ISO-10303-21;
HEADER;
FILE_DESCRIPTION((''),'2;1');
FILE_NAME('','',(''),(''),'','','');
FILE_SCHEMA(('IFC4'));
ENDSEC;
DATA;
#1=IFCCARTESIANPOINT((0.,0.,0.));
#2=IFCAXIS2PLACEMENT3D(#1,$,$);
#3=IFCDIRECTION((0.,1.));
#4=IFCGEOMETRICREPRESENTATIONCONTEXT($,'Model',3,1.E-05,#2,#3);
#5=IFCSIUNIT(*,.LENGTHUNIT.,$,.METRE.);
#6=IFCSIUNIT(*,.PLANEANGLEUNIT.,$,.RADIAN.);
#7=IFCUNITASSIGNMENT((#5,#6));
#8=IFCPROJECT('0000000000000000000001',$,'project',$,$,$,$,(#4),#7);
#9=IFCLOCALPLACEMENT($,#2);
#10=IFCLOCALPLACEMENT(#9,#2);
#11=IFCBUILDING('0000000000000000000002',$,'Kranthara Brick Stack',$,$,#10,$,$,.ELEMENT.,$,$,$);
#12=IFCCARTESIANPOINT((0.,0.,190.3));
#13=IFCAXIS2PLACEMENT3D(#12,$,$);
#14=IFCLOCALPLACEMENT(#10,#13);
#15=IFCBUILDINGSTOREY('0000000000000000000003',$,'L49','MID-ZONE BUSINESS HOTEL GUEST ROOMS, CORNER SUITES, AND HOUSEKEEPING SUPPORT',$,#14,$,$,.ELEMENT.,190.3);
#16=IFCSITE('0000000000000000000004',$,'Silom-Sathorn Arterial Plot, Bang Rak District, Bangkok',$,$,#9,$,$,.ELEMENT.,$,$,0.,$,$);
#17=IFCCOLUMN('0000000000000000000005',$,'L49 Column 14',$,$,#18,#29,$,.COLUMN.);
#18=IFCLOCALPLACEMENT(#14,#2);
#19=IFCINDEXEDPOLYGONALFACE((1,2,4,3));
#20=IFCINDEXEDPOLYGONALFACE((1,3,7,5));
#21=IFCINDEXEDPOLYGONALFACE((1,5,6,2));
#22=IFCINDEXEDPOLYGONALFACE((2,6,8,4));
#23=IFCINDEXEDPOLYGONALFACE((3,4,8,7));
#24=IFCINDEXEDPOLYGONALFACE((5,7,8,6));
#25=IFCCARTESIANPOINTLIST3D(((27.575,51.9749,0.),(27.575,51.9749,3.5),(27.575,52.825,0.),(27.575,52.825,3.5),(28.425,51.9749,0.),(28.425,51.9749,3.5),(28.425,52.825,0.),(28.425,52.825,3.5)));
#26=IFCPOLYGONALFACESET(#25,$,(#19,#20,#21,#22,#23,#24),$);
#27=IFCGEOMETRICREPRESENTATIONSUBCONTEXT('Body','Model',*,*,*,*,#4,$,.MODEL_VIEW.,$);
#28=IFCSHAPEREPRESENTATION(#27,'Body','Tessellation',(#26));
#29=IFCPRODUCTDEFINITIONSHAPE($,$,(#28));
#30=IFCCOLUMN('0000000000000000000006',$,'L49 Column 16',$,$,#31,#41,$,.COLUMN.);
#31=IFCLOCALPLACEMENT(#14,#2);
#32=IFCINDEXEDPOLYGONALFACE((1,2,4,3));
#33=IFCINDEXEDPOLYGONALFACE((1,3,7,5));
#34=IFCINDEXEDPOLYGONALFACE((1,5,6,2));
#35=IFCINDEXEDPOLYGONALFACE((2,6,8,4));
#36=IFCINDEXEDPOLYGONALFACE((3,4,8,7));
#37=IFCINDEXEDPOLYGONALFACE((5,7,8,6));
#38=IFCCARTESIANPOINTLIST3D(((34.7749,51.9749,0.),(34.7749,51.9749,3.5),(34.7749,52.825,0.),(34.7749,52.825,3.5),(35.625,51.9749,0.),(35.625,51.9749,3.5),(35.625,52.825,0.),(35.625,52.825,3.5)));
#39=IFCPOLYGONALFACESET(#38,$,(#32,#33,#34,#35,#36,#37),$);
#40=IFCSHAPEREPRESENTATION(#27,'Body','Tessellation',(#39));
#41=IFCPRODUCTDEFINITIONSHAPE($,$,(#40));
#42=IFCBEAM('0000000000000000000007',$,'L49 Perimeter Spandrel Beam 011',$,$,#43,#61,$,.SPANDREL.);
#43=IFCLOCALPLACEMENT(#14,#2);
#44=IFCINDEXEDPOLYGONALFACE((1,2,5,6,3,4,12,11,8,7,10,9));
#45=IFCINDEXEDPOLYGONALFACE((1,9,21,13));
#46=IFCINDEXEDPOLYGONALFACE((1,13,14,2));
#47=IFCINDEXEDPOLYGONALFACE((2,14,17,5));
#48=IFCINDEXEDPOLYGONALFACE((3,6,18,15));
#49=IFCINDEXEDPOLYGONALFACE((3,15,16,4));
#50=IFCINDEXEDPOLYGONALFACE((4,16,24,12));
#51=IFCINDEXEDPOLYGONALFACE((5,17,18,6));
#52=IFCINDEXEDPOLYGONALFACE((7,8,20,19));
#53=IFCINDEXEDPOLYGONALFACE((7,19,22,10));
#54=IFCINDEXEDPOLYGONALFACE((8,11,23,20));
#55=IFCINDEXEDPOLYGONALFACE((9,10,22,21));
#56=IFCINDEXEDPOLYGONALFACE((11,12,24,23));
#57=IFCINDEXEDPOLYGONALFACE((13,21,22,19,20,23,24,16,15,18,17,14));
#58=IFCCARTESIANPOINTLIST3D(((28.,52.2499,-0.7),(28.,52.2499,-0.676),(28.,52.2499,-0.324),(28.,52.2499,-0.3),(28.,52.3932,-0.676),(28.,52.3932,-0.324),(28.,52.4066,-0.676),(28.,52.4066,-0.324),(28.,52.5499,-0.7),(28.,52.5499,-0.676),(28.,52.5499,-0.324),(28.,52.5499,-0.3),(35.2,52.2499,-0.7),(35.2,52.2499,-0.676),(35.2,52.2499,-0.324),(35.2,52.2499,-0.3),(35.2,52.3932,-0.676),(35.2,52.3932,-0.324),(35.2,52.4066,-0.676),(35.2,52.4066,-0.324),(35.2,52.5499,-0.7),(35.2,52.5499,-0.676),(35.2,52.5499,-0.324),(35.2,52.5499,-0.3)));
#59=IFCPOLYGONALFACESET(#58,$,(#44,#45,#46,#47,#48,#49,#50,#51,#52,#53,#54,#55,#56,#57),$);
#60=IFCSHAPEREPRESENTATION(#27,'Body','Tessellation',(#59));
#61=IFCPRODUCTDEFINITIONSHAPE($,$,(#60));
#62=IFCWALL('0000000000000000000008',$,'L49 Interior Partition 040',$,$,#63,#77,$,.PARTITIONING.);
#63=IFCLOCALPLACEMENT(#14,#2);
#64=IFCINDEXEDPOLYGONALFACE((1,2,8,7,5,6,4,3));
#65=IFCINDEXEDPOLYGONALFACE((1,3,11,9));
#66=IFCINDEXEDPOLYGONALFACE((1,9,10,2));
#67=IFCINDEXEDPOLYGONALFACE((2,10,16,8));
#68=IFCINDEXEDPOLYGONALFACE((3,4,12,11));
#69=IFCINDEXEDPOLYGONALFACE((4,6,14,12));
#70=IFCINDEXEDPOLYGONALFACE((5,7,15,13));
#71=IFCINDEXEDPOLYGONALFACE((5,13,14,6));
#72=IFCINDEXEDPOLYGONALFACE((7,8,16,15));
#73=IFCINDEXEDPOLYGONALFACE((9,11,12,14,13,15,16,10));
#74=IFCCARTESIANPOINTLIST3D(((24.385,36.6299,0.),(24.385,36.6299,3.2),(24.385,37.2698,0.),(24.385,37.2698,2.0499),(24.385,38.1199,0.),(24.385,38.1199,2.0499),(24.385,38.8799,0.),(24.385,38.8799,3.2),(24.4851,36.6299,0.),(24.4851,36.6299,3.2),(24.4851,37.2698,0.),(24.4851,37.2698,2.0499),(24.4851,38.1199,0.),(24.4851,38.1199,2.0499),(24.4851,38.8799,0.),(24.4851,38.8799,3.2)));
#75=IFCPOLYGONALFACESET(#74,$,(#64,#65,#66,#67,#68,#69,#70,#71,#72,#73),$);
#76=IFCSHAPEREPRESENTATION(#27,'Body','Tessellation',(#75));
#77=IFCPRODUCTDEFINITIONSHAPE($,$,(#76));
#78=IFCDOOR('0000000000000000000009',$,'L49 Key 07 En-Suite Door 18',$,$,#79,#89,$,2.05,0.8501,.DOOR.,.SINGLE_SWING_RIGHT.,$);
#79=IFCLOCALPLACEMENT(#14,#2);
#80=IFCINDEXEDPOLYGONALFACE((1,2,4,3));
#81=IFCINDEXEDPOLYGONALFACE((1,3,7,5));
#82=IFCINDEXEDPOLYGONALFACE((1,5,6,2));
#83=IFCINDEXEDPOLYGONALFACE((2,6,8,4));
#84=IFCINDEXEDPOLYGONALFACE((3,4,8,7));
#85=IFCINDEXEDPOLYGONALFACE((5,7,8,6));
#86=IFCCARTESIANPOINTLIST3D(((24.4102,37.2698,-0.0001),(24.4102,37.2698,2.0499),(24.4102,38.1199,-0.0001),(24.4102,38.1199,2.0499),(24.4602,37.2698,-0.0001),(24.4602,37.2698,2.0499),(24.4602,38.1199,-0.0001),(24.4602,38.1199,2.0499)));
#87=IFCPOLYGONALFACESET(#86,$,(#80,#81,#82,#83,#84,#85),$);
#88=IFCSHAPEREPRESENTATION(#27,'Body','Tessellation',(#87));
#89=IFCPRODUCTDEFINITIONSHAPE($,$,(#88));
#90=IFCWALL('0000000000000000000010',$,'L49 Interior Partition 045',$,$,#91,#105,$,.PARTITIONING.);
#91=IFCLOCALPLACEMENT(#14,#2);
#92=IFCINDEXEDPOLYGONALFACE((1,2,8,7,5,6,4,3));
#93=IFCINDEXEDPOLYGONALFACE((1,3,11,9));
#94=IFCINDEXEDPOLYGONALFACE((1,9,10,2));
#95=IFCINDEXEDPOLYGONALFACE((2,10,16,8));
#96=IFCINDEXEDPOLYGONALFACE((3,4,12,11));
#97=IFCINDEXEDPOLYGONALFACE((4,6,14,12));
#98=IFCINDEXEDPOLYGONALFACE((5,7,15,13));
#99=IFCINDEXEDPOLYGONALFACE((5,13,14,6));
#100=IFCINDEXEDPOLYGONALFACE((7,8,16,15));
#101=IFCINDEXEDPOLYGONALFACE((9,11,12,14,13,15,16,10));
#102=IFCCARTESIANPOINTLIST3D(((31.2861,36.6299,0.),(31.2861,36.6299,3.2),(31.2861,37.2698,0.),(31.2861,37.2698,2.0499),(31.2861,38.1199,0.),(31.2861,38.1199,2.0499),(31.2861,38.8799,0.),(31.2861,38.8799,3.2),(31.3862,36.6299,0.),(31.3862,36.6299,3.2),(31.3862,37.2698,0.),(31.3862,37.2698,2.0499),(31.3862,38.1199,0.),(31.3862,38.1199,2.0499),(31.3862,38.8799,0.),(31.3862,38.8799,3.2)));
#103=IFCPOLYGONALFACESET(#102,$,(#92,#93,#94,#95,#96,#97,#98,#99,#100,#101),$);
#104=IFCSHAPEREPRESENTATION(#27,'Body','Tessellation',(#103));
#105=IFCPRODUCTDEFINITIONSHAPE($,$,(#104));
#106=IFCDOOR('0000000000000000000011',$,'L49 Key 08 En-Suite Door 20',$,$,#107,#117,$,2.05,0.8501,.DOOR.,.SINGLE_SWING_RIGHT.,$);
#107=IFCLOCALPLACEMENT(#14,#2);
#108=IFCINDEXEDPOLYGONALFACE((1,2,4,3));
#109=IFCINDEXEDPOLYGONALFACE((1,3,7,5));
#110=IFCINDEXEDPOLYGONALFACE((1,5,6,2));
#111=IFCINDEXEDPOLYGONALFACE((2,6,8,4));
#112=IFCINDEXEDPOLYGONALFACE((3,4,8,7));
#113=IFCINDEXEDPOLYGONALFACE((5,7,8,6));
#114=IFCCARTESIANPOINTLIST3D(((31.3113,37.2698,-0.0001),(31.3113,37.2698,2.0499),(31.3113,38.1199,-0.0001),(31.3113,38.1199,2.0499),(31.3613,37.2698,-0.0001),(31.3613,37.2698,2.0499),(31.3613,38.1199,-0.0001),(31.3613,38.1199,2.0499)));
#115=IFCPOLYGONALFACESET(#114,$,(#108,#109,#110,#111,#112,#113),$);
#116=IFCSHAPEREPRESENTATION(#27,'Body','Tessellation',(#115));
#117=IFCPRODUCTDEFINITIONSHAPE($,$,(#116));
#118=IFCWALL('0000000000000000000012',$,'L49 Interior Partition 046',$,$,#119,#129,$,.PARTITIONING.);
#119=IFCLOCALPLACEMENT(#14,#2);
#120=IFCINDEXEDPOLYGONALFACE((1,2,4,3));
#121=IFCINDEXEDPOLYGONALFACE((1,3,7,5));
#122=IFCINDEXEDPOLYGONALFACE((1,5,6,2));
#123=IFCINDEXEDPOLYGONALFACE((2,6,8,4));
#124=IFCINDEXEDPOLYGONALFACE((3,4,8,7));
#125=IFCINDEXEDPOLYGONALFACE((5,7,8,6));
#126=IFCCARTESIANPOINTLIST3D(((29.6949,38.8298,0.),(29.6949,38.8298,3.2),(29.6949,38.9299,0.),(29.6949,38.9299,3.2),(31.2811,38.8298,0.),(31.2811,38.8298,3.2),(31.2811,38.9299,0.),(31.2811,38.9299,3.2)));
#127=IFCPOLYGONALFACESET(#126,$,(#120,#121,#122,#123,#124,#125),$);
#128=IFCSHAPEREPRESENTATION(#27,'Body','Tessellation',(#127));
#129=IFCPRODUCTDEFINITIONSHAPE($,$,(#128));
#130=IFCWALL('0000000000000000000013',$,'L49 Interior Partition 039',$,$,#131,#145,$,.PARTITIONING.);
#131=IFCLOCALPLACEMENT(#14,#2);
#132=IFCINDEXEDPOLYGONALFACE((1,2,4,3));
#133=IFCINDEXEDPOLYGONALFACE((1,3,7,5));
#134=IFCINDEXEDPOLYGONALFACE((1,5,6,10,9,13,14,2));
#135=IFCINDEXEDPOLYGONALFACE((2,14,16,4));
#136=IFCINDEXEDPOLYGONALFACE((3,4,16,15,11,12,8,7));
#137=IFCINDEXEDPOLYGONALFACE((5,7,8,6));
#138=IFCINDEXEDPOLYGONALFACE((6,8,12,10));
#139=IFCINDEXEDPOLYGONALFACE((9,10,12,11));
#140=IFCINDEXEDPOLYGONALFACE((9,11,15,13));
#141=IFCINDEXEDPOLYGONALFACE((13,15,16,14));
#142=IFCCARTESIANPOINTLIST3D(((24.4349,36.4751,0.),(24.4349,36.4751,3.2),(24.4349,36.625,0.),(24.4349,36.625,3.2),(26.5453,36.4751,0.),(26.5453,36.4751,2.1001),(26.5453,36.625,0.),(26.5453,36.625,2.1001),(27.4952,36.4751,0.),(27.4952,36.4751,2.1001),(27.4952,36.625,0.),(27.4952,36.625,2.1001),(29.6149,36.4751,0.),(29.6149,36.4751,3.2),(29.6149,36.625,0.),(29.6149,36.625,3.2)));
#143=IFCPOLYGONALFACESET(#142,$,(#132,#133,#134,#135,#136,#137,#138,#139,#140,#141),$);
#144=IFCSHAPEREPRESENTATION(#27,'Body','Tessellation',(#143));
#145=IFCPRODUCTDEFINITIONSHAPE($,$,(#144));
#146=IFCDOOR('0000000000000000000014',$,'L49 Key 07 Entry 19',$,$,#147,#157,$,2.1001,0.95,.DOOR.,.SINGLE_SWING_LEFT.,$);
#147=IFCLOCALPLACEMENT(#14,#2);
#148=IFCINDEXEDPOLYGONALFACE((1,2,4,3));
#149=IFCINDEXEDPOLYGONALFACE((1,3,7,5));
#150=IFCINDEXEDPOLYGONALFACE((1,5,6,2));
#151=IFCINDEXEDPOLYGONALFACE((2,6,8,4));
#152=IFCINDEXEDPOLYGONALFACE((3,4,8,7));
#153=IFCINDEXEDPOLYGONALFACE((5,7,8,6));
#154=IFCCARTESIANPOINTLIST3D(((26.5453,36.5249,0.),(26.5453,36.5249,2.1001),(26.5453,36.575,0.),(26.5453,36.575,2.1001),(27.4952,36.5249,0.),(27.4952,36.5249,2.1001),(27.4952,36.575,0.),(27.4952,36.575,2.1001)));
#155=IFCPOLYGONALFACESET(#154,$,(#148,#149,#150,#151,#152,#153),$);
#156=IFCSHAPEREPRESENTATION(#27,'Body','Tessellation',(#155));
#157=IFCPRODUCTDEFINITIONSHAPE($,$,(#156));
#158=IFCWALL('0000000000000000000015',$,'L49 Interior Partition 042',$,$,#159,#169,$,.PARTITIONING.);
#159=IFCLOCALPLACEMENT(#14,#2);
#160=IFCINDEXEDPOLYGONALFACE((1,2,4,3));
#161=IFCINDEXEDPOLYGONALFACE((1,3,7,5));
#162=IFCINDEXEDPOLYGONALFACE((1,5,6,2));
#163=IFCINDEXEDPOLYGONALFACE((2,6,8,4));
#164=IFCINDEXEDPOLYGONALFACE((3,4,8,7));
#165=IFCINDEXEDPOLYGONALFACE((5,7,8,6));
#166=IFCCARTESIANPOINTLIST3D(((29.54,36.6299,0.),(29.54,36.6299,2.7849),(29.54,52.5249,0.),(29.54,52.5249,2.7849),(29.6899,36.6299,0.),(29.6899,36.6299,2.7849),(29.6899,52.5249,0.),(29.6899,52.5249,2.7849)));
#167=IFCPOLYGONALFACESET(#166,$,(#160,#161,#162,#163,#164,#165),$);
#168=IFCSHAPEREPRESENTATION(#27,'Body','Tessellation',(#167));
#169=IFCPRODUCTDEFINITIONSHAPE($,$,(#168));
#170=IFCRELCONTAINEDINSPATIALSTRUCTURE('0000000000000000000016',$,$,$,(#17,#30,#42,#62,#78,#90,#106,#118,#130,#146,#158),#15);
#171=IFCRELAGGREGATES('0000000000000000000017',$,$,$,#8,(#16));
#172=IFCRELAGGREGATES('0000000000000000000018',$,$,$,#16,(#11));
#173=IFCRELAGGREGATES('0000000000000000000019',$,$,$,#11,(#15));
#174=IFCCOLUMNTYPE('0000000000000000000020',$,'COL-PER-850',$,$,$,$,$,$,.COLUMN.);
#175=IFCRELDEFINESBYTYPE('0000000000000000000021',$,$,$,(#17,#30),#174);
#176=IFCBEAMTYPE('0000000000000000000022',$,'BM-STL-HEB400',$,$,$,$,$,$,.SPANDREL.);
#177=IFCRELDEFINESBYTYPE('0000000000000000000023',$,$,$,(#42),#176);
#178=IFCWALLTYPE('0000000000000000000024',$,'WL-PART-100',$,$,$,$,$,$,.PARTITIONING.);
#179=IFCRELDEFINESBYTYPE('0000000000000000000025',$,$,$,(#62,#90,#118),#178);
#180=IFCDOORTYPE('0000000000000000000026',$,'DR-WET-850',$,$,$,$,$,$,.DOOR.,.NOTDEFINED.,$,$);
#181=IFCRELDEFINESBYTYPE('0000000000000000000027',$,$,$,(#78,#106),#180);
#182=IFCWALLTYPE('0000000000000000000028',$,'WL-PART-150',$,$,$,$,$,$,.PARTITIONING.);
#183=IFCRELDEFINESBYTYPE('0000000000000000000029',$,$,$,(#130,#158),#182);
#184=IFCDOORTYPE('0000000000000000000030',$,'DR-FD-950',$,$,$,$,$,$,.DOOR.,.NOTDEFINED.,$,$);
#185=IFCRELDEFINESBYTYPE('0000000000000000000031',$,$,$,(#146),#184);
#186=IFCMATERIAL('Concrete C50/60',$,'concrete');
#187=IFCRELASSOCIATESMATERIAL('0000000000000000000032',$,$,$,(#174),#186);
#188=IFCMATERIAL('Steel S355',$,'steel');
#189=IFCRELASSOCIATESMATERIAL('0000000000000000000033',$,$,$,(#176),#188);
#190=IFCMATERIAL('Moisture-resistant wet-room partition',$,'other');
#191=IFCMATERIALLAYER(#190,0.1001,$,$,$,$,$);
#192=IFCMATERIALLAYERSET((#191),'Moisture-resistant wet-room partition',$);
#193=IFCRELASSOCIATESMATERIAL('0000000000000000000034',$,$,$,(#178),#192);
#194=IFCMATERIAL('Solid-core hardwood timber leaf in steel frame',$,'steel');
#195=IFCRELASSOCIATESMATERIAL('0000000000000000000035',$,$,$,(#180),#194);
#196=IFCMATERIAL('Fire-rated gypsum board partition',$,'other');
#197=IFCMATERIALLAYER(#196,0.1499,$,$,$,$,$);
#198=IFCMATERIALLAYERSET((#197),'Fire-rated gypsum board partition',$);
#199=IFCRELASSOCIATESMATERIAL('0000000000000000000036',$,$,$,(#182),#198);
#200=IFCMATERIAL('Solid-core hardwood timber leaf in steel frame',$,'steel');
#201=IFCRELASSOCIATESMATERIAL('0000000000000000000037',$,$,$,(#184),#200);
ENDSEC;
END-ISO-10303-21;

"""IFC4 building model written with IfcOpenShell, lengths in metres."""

from ifc_helpers import new_model, si_unit, direction, frame, frame_2d, origin, origin_2d, place, context, subcontext, project, spatial, rectangle, i_section, extrude, material, layer, layer_set, material_profile, profile_set, type_object, element, fill, save


model = new_model("IFC4")

# Units and contexts
model_context = context("Model", 3, precision=1e-05, world=origin(), true_north=direction((0.0, 1.0)))
body_context = subcontext(model_context, "Body", "Model", "MODEL_VIEW")
ifc_project = project(units=[si_unit("LENGTHUNIT", "METRE"), si_unit("PLANEANGLEUNIT", "RADIAN")], contexts=[model_context])

# Site, building, storey
site_placement = place(None, origin())
site = spatial("IfcSite", under=ifc_project, at=site_placement, Name="Silom-Sathorn Arterial Plot, Bang Rak District, Bangkok", CompositionType="ELEMENT", RefElevation=0.0)
building_placement = place(site_placement, origin())
building = spatial("IfcBuilding", under=site, at=building_placement, Name="Kranthara Brick Stack", CompositionType="ELEMENT")
storey_placement = place(building_placement, frame((0.0, 0.0, 190.3)))
storey = spatial("IfcBuildingStorey", under=building, at=storey_placement, Name="L49", Description="MID-ZONE BUSINESS HOTEL GUEST ROOMS, CORNER SUITES, AND HOUSEKEEPING SUPPORT", CompositionType="ELEMENT", Elevation=190.3)

# Columns
ifc_material_1 = material(Name="Concrete C50/60", Category="concrete")
ifc_material_profile_1 = material_profile(ifc_material_1, rectangle(XDim=0.8501, YDim=0.8501, at=origin_2d()), Name="RC 850x850")
ifc_profile_set_1 = profile_set([ifc_material_profile_1], Name="Concrete C50/60")
column_type = type_object("IfcColumnType", Name="COL-PER-850", PredefinedType="COLUMN", material=ifc_profile_set_1)
for number, where, z_axis, x_axis, name in (
    (1, (28.0, 52.3999, 0.0), (0.0, 0.0, 1.0), (1.0, 0.0, 0.0), "L49 Column 14"),
    (2, (35.2, 52.3999, 0.0), (0.0, 0.0, 1.0), (1.0, 0.0, 0.0), "L49 Column 16"),
):
    element("IfcColumn", number, at=place(storey_placement, frame(where, z_axis=z_axis, x_axis=x_axis)), inside=storey, type_object=column_type, Name=name, PredefinedType="COLUMN", context=body_context, shape_type="SweptSolid", body=[
        extrude(rectangle(XDim=0.8501, YDim=0.8501, at=origin_2d()), origin(), (0.0, 0.0, 1.0), 3.5),
    ])

# Beam
ifc_material_2 = material(Name="Steel S355", Category="steel")
ifc_material_profile_2 = material_profile(ifc_material_2, i_section(OverallWidth=0.3, OverallDepth=0.3999, WebThickness=0.0134, FlangeThickness=0.0239, at=origin_2d()), Name="HEB 400")
ifc_profile_set_2 = profile_set([ifc_material_profile_2], Name="Steel S355")
beam_type = type_object("IfcBeamType", Name="BM-STL-HEB400", PredefinedType="SPANDREL", material=ifc_profile_set_2)
beam_placement = place(storey_placement, frame((28.0, 52.3999, -0.5), z_axis=(1.0, 0.0, 0.0), x_axis=(0.0, 1.0, 0.0)))
element("IfcBeam", 3, at=beam_placement, inside=storey, type_object=beam_type, Name="L49 Perimeter Spandrel Beam 011", PredefinedType="SPANDREL", context=body_context, shape_type="SweptSolid", body=[
    extrude(i_section(OverallWidth=0.3, OverallDepth=0.3999, WebThickness=0.0134, FlangeThickness=0.0239, at=origin_2d()), origin(), (0.0, 0.0, 1.0), 7.2),
])

# Walls, openings, doors
ifc_material_3 = material(Name="Moisture-resistant wet-room partition", Category="other")
ifc_layer_1 = layer(ifc_material_3, 0.1001)
ifc_layer_set_1 = layer_set([ifc_layer_1], Name="Moisture-resistant wet-room partition")
wall_type_1 = type_object("IfcWallType", Name="WL-PART-100", PredefinedType="PARTITIONING", material=ifc_layer_set_1)
wall_1_placement = place(storey_placement, frame((24.4351, 36.6299, 0.0), z_axis=(0.0, 0.0, 1.0), x_axis=(0.0, 1.0, 0.0)))
wall_1 = element("IfcWall", 4, at=wall_1_placement, inside=storey, type_object=wall_type_1, Name="L49 Interior Partition 040", PredefinedType="PARTITIONING", context=body_context, shape_type="SweptSolid", body=[
    extrude(rectangle(XDim=2.25, YDim=0.1001, at=frame_2d((1.125, 0.0))), origin(), (0.0, 0.0, 1.0), 3.2),
])
opening_1_placement = place(wall_1_placement, frame((0.6399, 0.0, 0.0)))
opening_1 = element("IfcOpeningElement", 5, at=opening_1_placement, cuts=wall_1, PredefinedType="OPENING", context=body_context, shape_type="SweptSolid", body=[
    extrude(rectangle(XDim=0.8501, YDim=2.05, at=frame_2d((0.425, 1.0249))), frame((0.0, 0.0601, 0.0), z_axis=(0.0, -1.0, 0.0), x_axis=(1.0, 0.0, 0.0)), (0.0, 0.0, 1.0), 0.1201),
])
ifc_material_4 = material(Name="Solid-core hardwood timber leaf in steel frame", Category="steel")
door_type_1 = type_object("IfcDoorType", Name="DR-WET-850", OperationType="NOTDEFINED", PredefinedType="DOOR", material=ifc_material_4)
door_1_placement = place(opening_1_placement, origin())
door_1 = element("IfcDoor", 6, at=door_1_placement, inside=storey, type_object=door_type_1, Name="L49 Key 07 En-Suite Door 18", OperationType="SINGLE_SWING_RIGHT", OverallHeight=2.05, OverallWidth=0.8501, PredefinedType="DOOR", context=body_context, shape_type="SweptSolid", body=[
    extrude(rectangle(XDim=0.8501, YDim=2.05, at=frame_2d((0.425, 1.0249))), frame((0.0, 0.0249, 0.0), z_axis=(0.0, -1.0, 0.0), x_axis=(1.0, 0.0, 0.0)), (0.0, 0.0, 1.0), 0.05),
])
fill(opening_1, door_1)
wall_2_placement = place(storey_placement, frame((31.3362, 36.6299, 0.0), z_axis=(0.0, 0.0, 1.0), x_axis=(0.0, 1.0, 0.0)))
wall_2 = element("IfcWall", 7, at=wall_2_placement, inside=storey, type_object=wall_type_1, Name="L49 Interior Partition 045", PredefinedType="PARTITIONING", context=body_context, shape_type="SweptSolid", body=[
    extrude(rectangle(XDim=2.25, YDim=0.1001, at=frame_2d((1.125, 0.0))), origin(), (0.0, 0.0, 1.0), 3.2),
])
opening_2_placement = place(wall_2_placement, frame((0.6399, 0.0, 0.0)))
opening_2 = element("IfcOpeningElement", 8, at=opening_2_placement, cuts=wall_2, PredefinedType="OPENING", context=body_context, shape_type="SweptSolid", body=[
    extrude(rectangle(XDim=0.8501, YDim=2.05, at=frame_2d((0.425, 1.0249))), frame((0.0, 0.0601, 0.0), z_axis=(0.0, -1.0, 0.0), x_axis=(1.0, 0.0, 0.0)), (0.0, 0.0, 1.0), 0.1201),
])
door_2_placement = place(opening_2_placement, origin())
door_2 = element("IfcDoor", 9, at=door_2_placement, inside=storey, type_object=door_type_1, Name="L49 Key 08 En-Suite Door 20", OperationType="SINGLE_SWING_RIGHT", OverallHeight=2.05, OverallWidth=0.8501, PredefinedType="DOOR", context=body_context, shape_type="SweptSolid", body=[
    extrude(rectangle(XDim=0.8501, YDim=2.05, at=frame_2d((0.425, 1.0249))), frame((0.0, 0.0249, 0.0), z_axis=(0.0, -1.0, 0.0), x_axis=(1.0, 0.0, 0.0)), (0.0, 0.0, 1.0), 0.05),
])
fill(opening_2, door_2)

# Wall
wall_3_placement = place(storey_placement, frame((29.6951, 38.8799, 0.0), z_axis=(0.0, 0.0, 1.0), x_axis=(1.0, 0.0, 0.0)))
element("IfcWall", 10, at=wall_3_placement, inside=storey, type_object=wall_type_1, Name="L49 Interior Partition 046", PredefinedType="PARTITIONING", context=body_context, shape_type="SweptSolid", body=[
    extrude(rectangle(XDim=1.5862, YDim=0.1001, at=frame_2d((0.793, 0.0))), origin(), (0.0, 0.0, 1.0), 3.2),
])

# Wall, opening, door
ifc_material_5 = material(Name="Fire-rated gypsum board partition", Category="other")
ifc_layer_2 = layer(ifc_material_5, 0.1499)
ifc_layer_set_2 = layer_set([ifc_layer_2], Name="Fire-rated gypsum board partition")
wall_type_2 = type_object("IfcWallType", Name="WL-PART-150", PredefinedType="PARTITIONING", material=ifc_layer_set_2)
wall_4_placement = place(storey_placement, frame((24.4351, 36.55, 0.0), z_axis=(0.0, 0.0, 1.0), x_axis=(1.0, 0.0, 0.0)))
wall_4 = element("IfcWall", 11, at=wall_4_placement, inside=storey, type_object=wall_type_2, Name="L49 Interior Partition 039", PredefinedType="PARTITIONING", context=body_context, shape_type="SweptSolid", body=[
    extrude(rectangle(XDim=5.1799, YDim=0.1499, at=frame_2d((2.5898, 0.0))), origin(), (0.0, 0.0, 1.0), 3.2),
])
opening_3_placement = place(wall_4_placement, frame((2.1101, 0.0, 0.0)))
opening_3 = element("IfcOpeningElement", 12, at=opening_3_placement, cuts=wall_4, PredefinedType="OPENING", context=body_context, shape_type="SweptSolid", body=[
    extrude(rectangle(XDim=0.95, YDim=2.1001, at=frame_2d((0.4751, 1.05))), frame((0.0, 0.085, 0.0), z_axis=(0.0, -1.0, 0.0), x_axis=(1.0, 0.0, 0.0)), (0.0, 0.0, 1.0), 0.1699),
])
ifc_material_6 = material(Name="Solid-core hardwood timber leaf in steel frame", Category="steel")
door_type_2 = type_object("IfcDoorType", Name="DR-FD-950", OperationType="NOTDEFINED", PredefinedType="DOOR", material=ifc_material_6)
door_3_placement = place(opening_3_placement, origin())
door_3 = element("IfcDoor", 13, at=door_3_placement, inside=storey, type_object=door_type_2, Name="L49 Key 07 Entry 19", OperationType="SINGLE_SWING_LEFT", OverallHeight=2.1001, OverallWidth=0.95, PredefinedType="DOOR", context=body_context, shape_type="SweptSolid", body=[
    extrude(rectangle(XDim=0.95, YDim=2.1001, at=frame_2d((0.4751, 1.05))), frame((0.0, 0.0249, 0.0), z_axis=(0.0, -1.0, 0.0), x_axis=(1.0, 0.0, 0.0)), (0.0, 0.0, 1.0), 0.05),
])
fill(opening_3, door_3)

# Wall
wall_5_placement = place(storey_placement, frame((29.615, 36.6299, 0.0), z_axis=(0.0, 0.0, 1.0), x_axis=(0.0, 1.0, 0.0)))
element("IfcWall", 14, at=wall_5_placement, inside=storey, type_object=wall_type_2, Name="L49 Interior Partition 042", PredefinedType="PARTITIONING", context=body_context, shape_type="SweptSolid", body=[
    extrude(rectangle(XDim=15.895, YDim=0.1499, at=frame_2d((7.9475, 0.0))), origin(), (0.0, 0.0, 1.0), 2.7849),
])

save(model, "model.ifc")
